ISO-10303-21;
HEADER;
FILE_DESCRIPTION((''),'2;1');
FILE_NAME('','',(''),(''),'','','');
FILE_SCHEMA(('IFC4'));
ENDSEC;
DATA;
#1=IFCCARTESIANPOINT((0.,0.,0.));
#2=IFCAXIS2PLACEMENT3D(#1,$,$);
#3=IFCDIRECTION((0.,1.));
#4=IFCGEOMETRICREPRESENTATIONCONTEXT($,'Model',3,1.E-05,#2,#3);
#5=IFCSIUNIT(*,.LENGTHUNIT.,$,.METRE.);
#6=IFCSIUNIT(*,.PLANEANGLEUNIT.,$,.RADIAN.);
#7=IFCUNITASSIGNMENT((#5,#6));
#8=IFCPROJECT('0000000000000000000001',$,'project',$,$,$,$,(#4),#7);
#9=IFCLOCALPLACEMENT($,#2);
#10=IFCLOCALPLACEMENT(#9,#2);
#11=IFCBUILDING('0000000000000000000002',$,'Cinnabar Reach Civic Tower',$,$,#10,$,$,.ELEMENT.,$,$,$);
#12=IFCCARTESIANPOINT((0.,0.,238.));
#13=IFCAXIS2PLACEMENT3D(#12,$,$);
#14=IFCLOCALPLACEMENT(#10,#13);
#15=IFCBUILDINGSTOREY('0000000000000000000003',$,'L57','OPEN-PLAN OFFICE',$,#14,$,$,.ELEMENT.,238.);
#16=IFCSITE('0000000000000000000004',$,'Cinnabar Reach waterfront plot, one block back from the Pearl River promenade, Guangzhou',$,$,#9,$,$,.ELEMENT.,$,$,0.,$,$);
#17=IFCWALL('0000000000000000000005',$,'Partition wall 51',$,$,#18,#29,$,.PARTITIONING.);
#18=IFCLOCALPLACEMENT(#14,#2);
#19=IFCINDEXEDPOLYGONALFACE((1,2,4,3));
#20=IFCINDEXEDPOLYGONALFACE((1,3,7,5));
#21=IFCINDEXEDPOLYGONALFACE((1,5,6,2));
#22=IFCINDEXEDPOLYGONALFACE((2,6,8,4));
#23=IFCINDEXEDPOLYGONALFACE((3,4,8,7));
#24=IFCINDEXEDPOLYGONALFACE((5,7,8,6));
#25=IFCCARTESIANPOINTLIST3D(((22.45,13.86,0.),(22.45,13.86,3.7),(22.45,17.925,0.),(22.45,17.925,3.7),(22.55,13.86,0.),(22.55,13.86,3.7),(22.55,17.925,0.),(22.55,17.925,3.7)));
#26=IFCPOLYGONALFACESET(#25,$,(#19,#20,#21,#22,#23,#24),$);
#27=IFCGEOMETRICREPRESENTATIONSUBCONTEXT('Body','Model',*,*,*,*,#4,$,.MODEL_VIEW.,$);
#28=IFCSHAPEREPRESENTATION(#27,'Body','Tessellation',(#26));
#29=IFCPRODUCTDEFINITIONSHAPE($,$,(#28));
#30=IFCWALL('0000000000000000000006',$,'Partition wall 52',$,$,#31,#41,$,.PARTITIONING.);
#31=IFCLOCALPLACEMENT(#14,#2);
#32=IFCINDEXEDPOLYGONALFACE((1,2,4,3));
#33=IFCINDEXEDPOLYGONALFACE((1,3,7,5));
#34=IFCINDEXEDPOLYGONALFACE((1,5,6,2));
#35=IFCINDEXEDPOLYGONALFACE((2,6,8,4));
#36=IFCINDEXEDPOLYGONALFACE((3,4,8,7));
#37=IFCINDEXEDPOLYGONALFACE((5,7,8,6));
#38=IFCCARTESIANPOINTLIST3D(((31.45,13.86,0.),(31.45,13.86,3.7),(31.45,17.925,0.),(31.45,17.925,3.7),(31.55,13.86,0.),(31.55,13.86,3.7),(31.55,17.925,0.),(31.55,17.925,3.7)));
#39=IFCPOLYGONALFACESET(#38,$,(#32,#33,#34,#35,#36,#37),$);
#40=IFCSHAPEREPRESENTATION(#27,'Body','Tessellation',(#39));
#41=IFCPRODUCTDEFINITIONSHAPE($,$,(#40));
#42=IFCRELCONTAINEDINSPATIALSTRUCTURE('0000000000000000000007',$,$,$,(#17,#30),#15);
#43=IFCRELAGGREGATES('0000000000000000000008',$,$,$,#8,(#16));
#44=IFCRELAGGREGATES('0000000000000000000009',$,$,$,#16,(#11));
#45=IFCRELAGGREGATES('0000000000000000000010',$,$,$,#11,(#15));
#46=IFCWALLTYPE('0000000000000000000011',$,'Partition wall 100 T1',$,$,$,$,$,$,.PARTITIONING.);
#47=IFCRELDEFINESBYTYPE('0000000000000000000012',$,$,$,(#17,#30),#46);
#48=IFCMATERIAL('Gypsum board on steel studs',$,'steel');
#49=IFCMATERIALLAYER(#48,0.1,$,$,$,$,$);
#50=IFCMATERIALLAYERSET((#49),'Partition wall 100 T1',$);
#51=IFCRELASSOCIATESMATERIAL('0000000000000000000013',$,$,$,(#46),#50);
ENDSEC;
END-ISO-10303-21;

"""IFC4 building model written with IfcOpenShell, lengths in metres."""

from ifc_helpers import new_model, si_unit, direction, frame, frame_2d, origin, place, context, subcontext, project, spatial, rectangle, extrude, material, layer, layer_set, type_object, element, save


model = new_model("IFC4")

# Units and contexts
model_context = context("Model", 3, precision=1e-05, world=origin(), true_north=direction((0.0, 1.0)))
body_context = subcontext(model_context, "Body", "Model", "MODEL_VIEW")
ifc_project = project(units=[si_unit("LENGTHUNIT", "METRE"), si_unit("PLANEANGLEUNIT", "RADIAN")], contexts=[model_context])

# Site, building, storey
site_placement = place(None, origin())
site = spatial("IfcSite", under=ifc_project, at=site_placement, Name="Cinnabar Reach waterfront plot, one block back from the Pearl River promenade, Guangzhou", CompositionType="ELEMENT", RefElevation=0.0)
building_placement = place(site_placement, origin())
building = spatial("IfcBuilding", under=site, at=building_placement, Name="Cinnabar Reach Civic Tower", CompositionType="ELEMENT")
storey_placement = place(building_placement, frame((0.0, 0.0, 238.0)))
storey = spatial("IfcBuildingStorey", under=building, at=storey_placement, Name="L57", Description="OPEN-PLAN OFFICE", CompositionType="ELEMENT", Elevation=238.0)

# Walls
ifc_material_1 = material(Name="Gypsum board on steel studs", Category="steel")
ifc_layer_1 = layer(ifc_material_1, 0.1)
ifc_layer_set_1 = layer_set([ifc_layer_1], Name="Partition wall 100 T1")
wall_type_1 = type_object("IfcWallType", Name="Partition wall 100 T1", PredefinedType="PARTITIONING", material=ifc_layer_set_1)
for number, where, z_axis, x_axis, name in (
    (1, (22.5, 13.86, 0.0), (0.0, 0.0, 1.0), (0.0, 1.0, 0.0), "Partition wall 51"),
    (2, (31.5, 13.86, 0.0), (0.0, 0.0, 1.0), (0.0, 1.0, 0.0), "Partition wall 52"),
):
    element("IfcWall", number, at=place(storey_placement, frame(where, z_axis=z_axis, x_axis=x_axis)), inside=storey, type_object=wall_type_1, Name=name, PredefinedType="PARTITIONING", context=body_context, shape_type="SweptSolid", body=[
        extrude(rectangle(XDim=4.065, YDim=0.1, at=frame_2d((2.0325, 0.0))), origin(), (0.0, 0.0, 1.0), 3.7),
    ])

save(model, "model.ifc")
